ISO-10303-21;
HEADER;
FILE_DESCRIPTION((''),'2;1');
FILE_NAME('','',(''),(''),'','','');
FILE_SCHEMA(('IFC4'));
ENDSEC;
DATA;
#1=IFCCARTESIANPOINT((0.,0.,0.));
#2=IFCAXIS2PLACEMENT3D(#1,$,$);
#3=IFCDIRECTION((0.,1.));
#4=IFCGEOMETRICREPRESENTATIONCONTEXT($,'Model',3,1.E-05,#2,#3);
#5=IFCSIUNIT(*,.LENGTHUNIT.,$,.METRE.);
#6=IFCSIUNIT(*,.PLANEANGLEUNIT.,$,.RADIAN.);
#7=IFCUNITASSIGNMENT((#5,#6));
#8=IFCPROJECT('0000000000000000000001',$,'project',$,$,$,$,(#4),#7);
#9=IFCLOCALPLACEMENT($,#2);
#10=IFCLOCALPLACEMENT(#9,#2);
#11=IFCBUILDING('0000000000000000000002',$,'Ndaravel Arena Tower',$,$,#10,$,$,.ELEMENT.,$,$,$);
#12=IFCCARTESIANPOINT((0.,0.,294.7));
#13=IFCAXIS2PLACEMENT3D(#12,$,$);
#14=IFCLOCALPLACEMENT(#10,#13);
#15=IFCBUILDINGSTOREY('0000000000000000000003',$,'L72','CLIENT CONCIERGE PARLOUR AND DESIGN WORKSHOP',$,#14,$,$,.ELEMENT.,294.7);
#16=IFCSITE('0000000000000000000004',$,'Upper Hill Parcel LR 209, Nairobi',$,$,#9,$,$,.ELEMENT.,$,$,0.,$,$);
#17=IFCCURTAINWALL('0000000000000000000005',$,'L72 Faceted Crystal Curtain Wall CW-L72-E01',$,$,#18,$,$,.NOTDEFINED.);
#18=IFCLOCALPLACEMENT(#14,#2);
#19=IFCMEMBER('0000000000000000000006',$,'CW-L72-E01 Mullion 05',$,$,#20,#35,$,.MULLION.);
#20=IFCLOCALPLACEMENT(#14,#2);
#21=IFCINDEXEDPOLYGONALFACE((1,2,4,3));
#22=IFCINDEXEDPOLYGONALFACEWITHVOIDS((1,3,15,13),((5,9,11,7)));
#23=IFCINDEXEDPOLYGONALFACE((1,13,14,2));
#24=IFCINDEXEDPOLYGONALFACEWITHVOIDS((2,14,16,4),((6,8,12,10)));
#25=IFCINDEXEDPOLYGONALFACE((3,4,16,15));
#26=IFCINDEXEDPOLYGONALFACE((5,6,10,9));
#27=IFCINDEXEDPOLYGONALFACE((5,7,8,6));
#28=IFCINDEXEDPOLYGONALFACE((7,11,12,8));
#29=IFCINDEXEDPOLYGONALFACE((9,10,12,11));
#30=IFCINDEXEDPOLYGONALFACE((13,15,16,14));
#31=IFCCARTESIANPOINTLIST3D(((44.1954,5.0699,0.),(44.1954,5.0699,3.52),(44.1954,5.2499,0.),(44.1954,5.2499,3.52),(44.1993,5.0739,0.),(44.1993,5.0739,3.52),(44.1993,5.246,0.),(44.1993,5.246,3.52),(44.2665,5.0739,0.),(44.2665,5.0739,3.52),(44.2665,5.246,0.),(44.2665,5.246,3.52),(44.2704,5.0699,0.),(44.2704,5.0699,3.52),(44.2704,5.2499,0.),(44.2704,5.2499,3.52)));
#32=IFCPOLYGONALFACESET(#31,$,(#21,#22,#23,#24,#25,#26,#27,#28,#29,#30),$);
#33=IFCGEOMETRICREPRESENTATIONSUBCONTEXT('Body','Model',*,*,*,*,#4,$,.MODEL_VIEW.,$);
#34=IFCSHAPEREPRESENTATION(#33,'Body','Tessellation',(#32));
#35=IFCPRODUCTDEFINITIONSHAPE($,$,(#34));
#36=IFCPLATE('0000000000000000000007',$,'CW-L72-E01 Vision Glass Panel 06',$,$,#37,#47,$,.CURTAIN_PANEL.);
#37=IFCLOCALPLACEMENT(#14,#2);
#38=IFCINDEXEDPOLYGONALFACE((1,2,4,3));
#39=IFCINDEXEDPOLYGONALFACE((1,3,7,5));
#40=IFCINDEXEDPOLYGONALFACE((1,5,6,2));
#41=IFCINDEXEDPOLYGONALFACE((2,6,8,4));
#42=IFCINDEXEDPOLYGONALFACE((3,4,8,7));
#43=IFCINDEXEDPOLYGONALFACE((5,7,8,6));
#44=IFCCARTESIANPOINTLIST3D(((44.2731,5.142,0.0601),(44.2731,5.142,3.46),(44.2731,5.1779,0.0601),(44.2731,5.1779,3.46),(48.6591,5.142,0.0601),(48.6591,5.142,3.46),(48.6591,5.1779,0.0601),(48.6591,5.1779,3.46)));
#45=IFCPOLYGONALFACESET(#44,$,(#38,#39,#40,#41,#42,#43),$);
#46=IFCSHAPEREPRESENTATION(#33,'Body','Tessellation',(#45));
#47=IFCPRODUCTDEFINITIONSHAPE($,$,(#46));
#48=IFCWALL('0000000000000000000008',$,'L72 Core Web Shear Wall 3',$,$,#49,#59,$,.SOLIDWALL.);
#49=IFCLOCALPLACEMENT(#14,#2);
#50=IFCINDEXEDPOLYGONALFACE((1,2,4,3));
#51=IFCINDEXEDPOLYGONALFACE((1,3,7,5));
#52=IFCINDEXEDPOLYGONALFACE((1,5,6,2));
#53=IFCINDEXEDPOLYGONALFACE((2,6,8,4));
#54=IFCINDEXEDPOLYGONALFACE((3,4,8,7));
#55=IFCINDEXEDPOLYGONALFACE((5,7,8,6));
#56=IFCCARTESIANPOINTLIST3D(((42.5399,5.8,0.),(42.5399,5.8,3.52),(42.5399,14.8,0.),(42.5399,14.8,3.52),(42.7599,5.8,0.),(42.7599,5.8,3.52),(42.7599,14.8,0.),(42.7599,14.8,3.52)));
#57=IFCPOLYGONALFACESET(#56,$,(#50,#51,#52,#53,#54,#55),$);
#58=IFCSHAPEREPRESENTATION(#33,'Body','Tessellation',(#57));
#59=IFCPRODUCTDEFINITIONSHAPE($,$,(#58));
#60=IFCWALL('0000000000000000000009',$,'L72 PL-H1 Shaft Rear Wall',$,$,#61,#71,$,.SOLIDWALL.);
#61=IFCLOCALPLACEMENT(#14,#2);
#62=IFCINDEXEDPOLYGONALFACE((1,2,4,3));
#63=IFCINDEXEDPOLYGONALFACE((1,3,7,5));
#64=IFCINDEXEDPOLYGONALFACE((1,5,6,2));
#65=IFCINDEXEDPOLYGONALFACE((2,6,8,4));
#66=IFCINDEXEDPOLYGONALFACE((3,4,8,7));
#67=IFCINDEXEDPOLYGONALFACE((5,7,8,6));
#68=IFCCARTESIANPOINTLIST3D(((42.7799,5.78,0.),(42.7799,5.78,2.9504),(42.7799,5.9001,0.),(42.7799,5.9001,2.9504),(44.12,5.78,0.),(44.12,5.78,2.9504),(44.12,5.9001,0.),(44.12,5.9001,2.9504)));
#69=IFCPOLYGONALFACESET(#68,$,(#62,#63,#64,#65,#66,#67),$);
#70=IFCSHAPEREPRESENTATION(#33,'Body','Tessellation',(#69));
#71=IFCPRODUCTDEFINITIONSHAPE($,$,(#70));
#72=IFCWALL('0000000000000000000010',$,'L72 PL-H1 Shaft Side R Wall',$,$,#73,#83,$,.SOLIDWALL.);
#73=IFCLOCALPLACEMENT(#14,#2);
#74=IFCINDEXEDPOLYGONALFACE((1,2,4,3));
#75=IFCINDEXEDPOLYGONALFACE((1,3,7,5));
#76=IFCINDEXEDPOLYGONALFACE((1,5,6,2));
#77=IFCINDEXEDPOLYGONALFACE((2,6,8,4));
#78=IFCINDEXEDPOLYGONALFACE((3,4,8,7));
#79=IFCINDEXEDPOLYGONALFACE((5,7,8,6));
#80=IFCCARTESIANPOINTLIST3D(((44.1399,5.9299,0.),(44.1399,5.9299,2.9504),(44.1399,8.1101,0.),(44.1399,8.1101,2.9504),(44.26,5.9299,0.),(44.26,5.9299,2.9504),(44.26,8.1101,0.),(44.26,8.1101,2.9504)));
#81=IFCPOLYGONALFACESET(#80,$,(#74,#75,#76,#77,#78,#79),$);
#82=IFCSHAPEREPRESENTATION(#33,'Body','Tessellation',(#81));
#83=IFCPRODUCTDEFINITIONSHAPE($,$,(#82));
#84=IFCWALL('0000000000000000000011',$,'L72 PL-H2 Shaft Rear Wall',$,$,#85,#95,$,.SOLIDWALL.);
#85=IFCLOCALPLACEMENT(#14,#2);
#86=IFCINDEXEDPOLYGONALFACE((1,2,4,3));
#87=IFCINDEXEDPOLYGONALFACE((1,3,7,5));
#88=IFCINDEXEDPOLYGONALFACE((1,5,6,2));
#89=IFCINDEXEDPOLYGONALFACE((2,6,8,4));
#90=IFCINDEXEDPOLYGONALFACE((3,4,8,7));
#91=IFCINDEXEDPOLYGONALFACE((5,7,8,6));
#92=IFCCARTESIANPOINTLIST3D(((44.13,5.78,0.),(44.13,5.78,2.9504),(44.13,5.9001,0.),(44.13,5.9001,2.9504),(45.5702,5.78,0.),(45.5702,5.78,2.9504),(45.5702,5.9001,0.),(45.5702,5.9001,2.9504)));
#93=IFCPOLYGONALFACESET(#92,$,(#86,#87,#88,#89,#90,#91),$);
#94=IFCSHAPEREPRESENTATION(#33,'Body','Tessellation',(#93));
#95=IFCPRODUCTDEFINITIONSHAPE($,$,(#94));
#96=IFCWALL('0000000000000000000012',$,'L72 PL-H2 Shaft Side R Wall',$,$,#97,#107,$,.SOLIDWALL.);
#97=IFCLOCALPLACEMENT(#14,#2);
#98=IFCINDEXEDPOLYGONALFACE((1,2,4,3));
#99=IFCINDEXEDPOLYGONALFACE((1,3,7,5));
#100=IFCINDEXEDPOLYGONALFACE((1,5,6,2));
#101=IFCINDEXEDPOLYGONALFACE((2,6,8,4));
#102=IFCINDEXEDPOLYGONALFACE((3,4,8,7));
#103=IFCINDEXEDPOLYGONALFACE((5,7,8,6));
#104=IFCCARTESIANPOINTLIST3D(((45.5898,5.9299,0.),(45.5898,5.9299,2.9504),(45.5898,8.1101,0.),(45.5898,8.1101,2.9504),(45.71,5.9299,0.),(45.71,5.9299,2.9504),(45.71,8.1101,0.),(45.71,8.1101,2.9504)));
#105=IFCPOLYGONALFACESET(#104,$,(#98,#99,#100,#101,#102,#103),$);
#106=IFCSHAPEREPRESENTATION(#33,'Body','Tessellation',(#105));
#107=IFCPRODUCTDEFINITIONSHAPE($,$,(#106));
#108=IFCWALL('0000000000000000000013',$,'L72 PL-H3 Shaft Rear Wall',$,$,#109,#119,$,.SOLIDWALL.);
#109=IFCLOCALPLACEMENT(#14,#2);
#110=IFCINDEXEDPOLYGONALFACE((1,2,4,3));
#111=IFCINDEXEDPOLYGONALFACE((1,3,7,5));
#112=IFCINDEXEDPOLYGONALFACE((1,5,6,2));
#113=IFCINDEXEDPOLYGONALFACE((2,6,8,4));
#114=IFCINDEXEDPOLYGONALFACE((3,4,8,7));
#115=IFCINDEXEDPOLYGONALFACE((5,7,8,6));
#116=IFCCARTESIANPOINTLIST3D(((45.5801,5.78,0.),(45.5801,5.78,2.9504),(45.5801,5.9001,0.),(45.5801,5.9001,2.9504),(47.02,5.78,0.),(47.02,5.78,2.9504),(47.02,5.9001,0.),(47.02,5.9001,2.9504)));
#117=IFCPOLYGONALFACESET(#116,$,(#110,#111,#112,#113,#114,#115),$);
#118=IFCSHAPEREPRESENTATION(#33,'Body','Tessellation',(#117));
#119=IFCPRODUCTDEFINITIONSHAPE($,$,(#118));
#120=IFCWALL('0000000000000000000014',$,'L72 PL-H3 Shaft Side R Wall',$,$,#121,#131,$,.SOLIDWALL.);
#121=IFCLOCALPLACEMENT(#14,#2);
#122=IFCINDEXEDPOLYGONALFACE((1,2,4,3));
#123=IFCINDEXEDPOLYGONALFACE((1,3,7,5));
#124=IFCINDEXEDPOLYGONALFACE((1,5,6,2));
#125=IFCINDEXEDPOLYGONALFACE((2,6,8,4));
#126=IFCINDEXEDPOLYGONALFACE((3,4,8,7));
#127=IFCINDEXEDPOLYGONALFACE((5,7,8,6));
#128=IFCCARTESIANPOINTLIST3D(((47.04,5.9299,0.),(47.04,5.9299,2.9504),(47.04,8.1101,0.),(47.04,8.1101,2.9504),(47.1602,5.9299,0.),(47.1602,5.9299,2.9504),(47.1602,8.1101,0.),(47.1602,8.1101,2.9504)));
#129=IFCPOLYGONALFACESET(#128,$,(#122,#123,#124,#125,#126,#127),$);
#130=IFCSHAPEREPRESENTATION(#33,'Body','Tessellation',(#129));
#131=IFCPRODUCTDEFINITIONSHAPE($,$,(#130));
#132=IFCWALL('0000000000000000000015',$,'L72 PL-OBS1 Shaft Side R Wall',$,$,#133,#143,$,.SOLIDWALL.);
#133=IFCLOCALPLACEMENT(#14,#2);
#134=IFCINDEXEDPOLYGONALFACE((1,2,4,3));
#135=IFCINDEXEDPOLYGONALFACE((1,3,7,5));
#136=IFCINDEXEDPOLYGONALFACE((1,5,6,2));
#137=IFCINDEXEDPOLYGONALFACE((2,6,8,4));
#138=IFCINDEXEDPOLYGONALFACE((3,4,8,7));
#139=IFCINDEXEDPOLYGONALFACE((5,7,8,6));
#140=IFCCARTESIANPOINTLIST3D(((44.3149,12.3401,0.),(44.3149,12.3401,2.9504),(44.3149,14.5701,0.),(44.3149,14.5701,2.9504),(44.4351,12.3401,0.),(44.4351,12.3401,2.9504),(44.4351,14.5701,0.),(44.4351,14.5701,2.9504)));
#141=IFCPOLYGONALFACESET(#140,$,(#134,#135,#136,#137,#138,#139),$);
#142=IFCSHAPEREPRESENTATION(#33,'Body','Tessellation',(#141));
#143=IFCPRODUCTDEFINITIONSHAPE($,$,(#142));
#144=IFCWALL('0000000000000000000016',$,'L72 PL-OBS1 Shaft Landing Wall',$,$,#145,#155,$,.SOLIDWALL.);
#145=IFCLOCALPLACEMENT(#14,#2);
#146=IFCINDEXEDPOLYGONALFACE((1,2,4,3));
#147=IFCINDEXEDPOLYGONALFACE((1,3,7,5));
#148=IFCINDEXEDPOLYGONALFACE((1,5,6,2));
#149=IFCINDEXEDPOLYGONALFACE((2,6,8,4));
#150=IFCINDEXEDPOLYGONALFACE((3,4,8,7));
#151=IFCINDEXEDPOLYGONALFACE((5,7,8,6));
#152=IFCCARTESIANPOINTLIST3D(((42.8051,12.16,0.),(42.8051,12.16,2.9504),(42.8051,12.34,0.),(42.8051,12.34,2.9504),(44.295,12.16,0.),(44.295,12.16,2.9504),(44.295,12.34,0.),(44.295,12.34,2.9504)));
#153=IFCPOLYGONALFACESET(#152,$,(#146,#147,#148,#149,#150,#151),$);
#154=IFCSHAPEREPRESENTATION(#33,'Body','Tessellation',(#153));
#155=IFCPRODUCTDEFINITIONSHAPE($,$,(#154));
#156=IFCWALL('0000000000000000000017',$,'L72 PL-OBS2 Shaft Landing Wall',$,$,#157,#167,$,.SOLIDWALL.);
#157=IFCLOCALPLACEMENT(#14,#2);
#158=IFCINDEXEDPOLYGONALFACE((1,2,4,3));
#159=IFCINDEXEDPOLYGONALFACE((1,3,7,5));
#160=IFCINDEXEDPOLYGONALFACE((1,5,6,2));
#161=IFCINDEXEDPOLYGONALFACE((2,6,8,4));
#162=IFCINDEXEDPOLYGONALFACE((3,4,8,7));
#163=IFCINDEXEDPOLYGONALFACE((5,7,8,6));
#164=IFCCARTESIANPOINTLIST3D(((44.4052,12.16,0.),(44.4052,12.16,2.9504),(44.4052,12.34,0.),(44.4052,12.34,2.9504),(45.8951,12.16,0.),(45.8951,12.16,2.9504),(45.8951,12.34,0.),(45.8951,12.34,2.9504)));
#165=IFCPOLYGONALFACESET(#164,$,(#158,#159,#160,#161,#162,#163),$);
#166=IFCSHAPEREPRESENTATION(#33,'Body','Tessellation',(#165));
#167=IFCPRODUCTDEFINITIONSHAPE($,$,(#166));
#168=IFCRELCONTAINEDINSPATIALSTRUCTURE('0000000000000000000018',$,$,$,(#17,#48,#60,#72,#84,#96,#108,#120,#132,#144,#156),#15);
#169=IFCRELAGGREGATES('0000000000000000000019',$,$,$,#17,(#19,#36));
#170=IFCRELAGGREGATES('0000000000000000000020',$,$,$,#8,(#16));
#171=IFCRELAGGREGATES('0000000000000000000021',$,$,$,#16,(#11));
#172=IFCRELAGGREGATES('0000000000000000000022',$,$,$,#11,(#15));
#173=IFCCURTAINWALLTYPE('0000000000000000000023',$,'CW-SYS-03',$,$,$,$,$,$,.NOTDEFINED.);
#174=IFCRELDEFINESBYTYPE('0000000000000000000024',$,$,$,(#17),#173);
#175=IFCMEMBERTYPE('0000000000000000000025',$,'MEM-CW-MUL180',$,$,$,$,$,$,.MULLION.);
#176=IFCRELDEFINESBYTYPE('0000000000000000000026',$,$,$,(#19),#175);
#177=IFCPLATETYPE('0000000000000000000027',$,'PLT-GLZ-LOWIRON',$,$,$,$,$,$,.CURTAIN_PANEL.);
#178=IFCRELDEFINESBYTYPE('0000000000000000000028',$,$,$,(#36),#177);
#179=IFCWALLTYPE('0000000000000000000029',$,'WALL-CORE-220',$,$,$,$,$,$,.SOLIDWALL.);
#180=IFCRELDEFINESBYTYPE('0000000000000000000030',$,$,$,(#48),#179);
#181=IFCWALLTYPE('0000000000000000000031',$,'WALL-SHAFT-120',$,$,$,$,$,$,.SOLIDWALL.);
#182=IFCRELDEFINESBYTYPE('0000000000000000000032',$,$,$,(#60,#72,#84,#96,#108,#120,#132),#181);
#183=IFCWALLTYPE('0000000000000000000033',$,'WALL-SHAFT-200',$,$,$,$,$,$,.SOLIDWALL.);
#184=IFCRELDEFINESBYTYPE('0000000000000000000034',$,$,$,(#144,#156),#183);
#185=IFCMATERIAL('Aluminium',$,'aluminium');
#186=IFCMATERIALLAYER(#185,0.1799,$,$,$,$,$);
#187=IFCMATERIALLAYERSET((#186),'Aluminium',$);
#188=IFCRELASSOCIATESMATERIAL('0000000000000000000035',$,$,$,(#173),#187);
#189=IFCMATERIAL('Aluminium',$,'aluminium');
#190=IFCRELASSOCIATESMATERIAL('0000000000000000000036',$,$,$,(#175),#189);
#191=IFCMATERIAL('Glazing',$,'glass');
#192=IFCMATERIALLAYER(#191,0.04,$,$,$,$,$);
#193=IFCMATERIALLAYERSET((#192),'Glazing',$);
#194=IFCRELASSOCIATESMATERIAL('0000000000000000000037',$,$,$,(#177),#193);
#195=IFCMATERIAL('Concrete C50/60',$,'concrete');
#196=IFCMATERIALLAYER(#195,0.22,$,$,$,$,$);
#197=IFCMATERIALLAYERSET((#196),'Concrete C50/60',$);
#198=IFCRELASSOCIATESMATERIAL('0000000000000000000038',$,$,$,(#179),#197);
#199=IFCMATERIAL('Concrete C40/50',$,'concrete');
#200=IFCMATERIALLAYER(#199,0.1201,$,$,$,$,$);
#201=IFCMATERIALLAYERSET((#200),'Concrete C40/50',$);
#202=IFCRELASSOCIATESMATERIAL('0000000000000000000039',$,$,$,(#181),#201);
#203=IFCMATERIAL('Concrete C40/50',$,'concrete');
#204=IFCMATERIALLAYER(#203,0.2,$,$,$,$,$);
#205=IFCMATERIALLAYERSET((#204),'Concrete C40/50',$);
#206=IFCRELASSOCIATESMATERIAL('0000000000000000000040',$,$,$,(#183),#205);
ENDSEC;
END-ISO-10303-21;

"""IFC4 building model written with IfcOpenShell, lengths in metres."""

from ifc_helpers import new_model, si_unit, direction, frame, frame_2d, origin, origin_2d, place, context, subcontext, project, spatial, rectangle, hollow_rectangle, extrude, material, layer, layer_set, material_profile, profile_set, type_object, element, aggregate, save


model = new_model("IFC4")

# Units and contexts
model_context = context("Model", 3, precision=1e-05, world=origin(), true_north=direction((0.0, 1.0)))
body_context = subcontext(model_context, "Body", "Model", "MODEL_VIEW")
ifc_project = project(units=[si_unit("LENGTHUNIT", "METRE"), si_unit("PLANEANGLEUNIT", "RADIAN")], contexts=[model_context])

# Site, building, storey
site_placement = place(None, origin())
site = spatial("IfcSite", under=ifc_project, at=site_placement, Name="Upper Hill Parcel LR 209, Nairobi", CompositionType="ELEMENT", RefElevation=0.0)
building_placement = place(site_placement, origin())
building = spatial("IfcBuilding", under=site, at=building_placement, Name="Ndaravel Arena Tower", CompositionType="ELEMENT")
storey_placement = place(building_placement, frame((0.0, 0.0, 294.7)))
storey = spatial("IfcBuildingStorey", under=building, at=storey_placement, Name="L72", Description="CLIENT CONCIERGE PARLOUR AND DESIGN WORKSHOP", CompositionType="ELEMENT", Elevation=294.7)

# Curtain wall, member, plate
ifc_material_1 = material(Name="Aluminium", Category="aluminium")
ifc_layer_1 = layer(ifc_material_1, 0.1799)
ifc_layer_set_1 = layer_set([ifc_layer_1], Name="Aluminium")
curtain_wall_type = type_object("IfcCurtainWallType", Name="CW-SYS-03", PredefinedType="NOTDEFINED", material=ifc_layer_set_1)
curtain_wall_placement = place(storey_placement, origin())
curtain_wall = element("IfcCurtainWall", 1, at=curtain_wall_placement, inside=storey, type_object=curtain_wall_type, Name="L72 Faceted Crystal Curtain Wall CW-L72-E01", PredefinedType="NOTDEFINED")
ifc_material_2 = material(Name="Aluminium", Category="aluminium")
ifc_material_profile = material_profile(ifc_material_2, hollow_rectangle(XDim=0.075, YDim=0.1799, WallThickness=0.0039, at=origin_2d()), Name="CW MULLION 75x180x4")
ifc_profile_set = profile_set([ifc_material_profile], Name="Aluminium")
member_type = type_object("IfcMemberType", Name="MEM-CW-MUL180", PredefinedType="MULLION", material=ifc_profile_set)
member_placement = place(storey_placement, frame((44.2329, 5.1599, 0.0), z_axis=(0.0, 0.0, 1.0), x_axis=(1.0, 0.0, 0.0)))
member = element("IfcMember", 2, at=member_placement, type_object=member_type, Name="CW-L72-E01 Mullion 05", PredefinedType="MULLION", context=body_context, shape_type="SweptSolid", body=[
    extrude(hollow_rectangle(XDim=0.075, YDim=0.1799, WallThickness=0.0039, at=origin_2d()), origin(), (0.0, 0.0, 1.0), 3.52),
])
ifc_material_3 = material(Name="Glazing", Category="glass")
ifc_layer_2 = layer(ifc_material_3, 0.04)
ifc_layer_set_2 = layer_set([ifc_layer_2], Name="Glazing")
plate_type = type_object("IfcPlateType", Name="PLT-GLZ-LOWIRON", PredefinedType="CURTAIN_PANEL", material=ifc_layer_set_2)
plate_placement = place(storey_placement, frame((46.4661, 5.1599, 0.0601), z_axis=(0.0, 0.0, 1.0), x_axis=(1.0, 0.0, 0.0)))
plate = element("IfcPlate", 3, at=plate_placement, type_object=plate_type, Name="CW-L72-E01 Vision Glass Panel 06", PredefinedType="CURTAIN_PANEL", context=body_context, shape_type="SweptSolid", body=[
    extrude(rectangle(XDim=4.386, YDim=0.0359, at=origin_2d()), origin(), (0.0, 0.0, 1.0), 3.3999),
])
aggregate(curtain_wall, [member, plate])

# Walls
ifc_material_4 = material(Name="Concrete C50/60", Category="concrete")
ifc_layer_3 = layer(ifc_material_4, 0.22)
ifc_layer_set_3 = layer_set([ifc_layer_3], Name="Concrete C50/60")
wall_type_1 = type_object("IfcWallType", Name="WALL-CORE-220", PredefinedType="SOLIDWALL", material=ifc_layer_set_3)
wall_1_placement = place(storey_placement, frame((42.6499, 5.8, 0.0), z_axis=(0.0, 0.0, 1.0), x_axis=(0.0, 1.0, 0.0)))
element("IfcWall", 4, at=wall_1_placement, inside=storey, type_object=wall_type_1, Name="L72 Core Web Shear Wall 3", PredefinedType="SOLIDWALL", context=body_context, shape_type="SweptSolid", body=[
    extrude(rectangle(XDim=9.0, YDim=0.22, at=frame_2d((4.5, 0.0))), origin(), (0.0, 0.0, 1.0), 3.52),
])
ifc_material_5 = material(Name="Concrete C40/50", Category="concrete")
ifc_layer_4 = layer(ifc_material_5, 0.1201)
ifc_layer_set_4 = layer_set([ifc_layer_4], Name="Concrete C40/50")
wall_type_2 = type_object("IfcWallType", Name="WALL-SHAFT-120", PredefinedType="SOLIDWALL", material=ifc_layer_set_4)
wall_2_placement = place(storey_placement, frame((42.78, 5.8401, 0.0), z_axis=(0.0, 0.0, 1.0), x_axis=(1.0, 0.0, 0.0)))
element("IfcWall", 5, at=wall_2_placement, inside=storey, type_object=wall_type_2, Name="L72 PL-H1 Shaft Rear Wall", PredefinedType="SOLIDWALL", context=body_context, shape_type="SweptSolid", body=[
    extrude(rectangle(XDim=1.3401, YDim=0.1201, at=frame_2d((0.6699, 0.0))), origin(), (0.0, 0.0, 1.0), 2.9504),
])
wall_3_placement = place(storey_placement, frame((44.2, 5.9299, 0.0), z_axis=(0.0, 0.0, 1.0), x_axis=(0.0, 1.0, 0.0)))
element("IfcWall", 6, at=wall_3_placement, inside=storey, type_object=wall_type_2, Name="L72 PL-H1 Shaft Side R Wall", PredefinedType="SOLIDWALL", context=body_context, shape_type="SweptSolid", body=[
    extrude(rectangle(XDim=2.1802, YDim=0.1201, at=frame_2d((1.0901, 0.0))), origin(), (0.0, 0.0, 1.0), 2.9504),
])
wall_4_placement = place(storey_placement, frame((44.1299, 5.8401, 0.0), z_axis=(0.0, 0.0, 1.0), x_axis=(1.0, 0.0, 0.0)))
element("IfcWall", 7, at=wall_4_placement, inside=storey, type_object=wall_type_2, Name="L72 PL-H2 Shaft Rear Wall", PredefinedType="SOLIDWALL", context=body_context, shape_type="SweptSolid", body=[
    extrude(rectangle(XDim=1.4402, YDim=0.1201, at=frame_2d((0.7202, 0.0))), origin(), (0.0, 0.0, 1.0), 2.9504),
])
wall_5_placement = place(storey_placement, frame((45.6499, 5.9299, 0.0), z_axis=(0.0, 0.0, 1.0), x_axis=(0.0, 1.0, 0.0)))
element("IfcWall", 8, at=wall_5_placement, inside=storey, type_object=wall_type_2, Name="L72 PL-H2 Shaft Side R Wall", PredefinedType="SOLIDWALL", context=body_context, shape_type="SweptSolid", body=[
    extrude(rectangle(XDim=2.1802, YDim=0.1201, at=frame_2d((1.0901, 0.0))), origin(), (0.0, 0.0, 1.0), 2.9504),
])
wall_6_placement = place(storey_placement, frame((45.5801, 5.8401, 0.0), z_axis=(0.0, 0.0, 1.0), x_axis=(1.0, 0.0, 0.0)))
element("IfcWall", 9, at=wall_6_placement, inside=storey, type_object=wall_type_2, Name="L72 PL-H3 Shaft Rear Wall", PredefinedType="SOLIDWALL", context=body_context, shape_type="SweptSolid", body=[
    extrude(rectangle(XDim=1.4399, YDim=0.1201, at=frame_2d((0.72, 0.0))), origin(), (0.0, 0.0, 1.0), 2.9504),
])
wall_7_placement = place(storey_placement, frame((47.1001, 5.9299, 0.0), z_axis=(0.0, 0.0, 1.0), x_axis=(0.0, 1.0, 0.0)))
element("IfcWall", 10, at=wall_7_placement, inside=storey, type_object=wall_type_2, Name="L72 PL-H3 Shaft Side R Wall", PredefinedType="SOLIDWALL", context=body_context, shape_type="SweptSolid", body=[
    extrude(rectangle(XDim=2.1802, YDim=0.1201, at=frame_2d((1.0901, 0.0))), origin(), (0.0, 0.0, 1.0), 2.9504),
])
wall_8_placement = place(storey_placement, frame((44.375, 12.3401, 0.0), z_axis=(0.0, 0.0, 1.0), x_axis=(0.0, 1.0, 0.0)))
element("IfcWall", 11, at=wall_8_placement, inside=storey, type_object=wall_type_2, Name="L72 PL-OBS1 Shaft Side R Wall", PredefinedType="SOLIDWALL", context=body_context, shape_type="SweptSolid", body=[
    extrude(rectangle(XDim=2.23, YDim=0.1201, at=frame_2d((1.115, 0.0))), origin(), (0.0, 0.0, 1.0), 2.9504),
])

# Shared definitions
ifc_material_6 = material(Name="Concrete C40/50", Category="concrete")
ifc_layer_5 = layer(ifc_material_6, 0.2)
ifc_layer_set_5 = layer_set([ifc_layer_5], Name="Concrete C40/50")
wall_type_3 = type_object("IfcWallType", Name="WALL-SHAFT-200", PredefinedType="SOLIDWALL", material=ifc_layer_set_5)

# Walls
for number, where, z_axis, x_axis, name in (
    (12, (42.8049, 12.25, 0.0), (0.0, 0.0, 1.0), (1.0, 0.0, 0.0), "L72 PL-OBS1 Shaft Landing Wall"),
    (13, (44.405, 12.25, 0.0), (0.0, 0.0, 1.0), (1.0, 0.0, 0.0), "L72 PL-OBS2 Shaft Landing Wall"),
):
    element("IfcWall", number, at=place(storey_placement, frame(where, z_axis=z_axis, x_axis=x_axis)), inside=storey, type_object=wall_type_3, Name=name, PredefinedType="SOLIDWALL", context=body_context, shape_type="SweptSolid", body=[
        extrude(rectangle(XDim=1.49, YDim=0.1799, at=frame_2d((0.7451, 0.0))), origin(), (0.0, 0.0, 1.0), 2.9504),
    ])

save(model, "model.ifc")
